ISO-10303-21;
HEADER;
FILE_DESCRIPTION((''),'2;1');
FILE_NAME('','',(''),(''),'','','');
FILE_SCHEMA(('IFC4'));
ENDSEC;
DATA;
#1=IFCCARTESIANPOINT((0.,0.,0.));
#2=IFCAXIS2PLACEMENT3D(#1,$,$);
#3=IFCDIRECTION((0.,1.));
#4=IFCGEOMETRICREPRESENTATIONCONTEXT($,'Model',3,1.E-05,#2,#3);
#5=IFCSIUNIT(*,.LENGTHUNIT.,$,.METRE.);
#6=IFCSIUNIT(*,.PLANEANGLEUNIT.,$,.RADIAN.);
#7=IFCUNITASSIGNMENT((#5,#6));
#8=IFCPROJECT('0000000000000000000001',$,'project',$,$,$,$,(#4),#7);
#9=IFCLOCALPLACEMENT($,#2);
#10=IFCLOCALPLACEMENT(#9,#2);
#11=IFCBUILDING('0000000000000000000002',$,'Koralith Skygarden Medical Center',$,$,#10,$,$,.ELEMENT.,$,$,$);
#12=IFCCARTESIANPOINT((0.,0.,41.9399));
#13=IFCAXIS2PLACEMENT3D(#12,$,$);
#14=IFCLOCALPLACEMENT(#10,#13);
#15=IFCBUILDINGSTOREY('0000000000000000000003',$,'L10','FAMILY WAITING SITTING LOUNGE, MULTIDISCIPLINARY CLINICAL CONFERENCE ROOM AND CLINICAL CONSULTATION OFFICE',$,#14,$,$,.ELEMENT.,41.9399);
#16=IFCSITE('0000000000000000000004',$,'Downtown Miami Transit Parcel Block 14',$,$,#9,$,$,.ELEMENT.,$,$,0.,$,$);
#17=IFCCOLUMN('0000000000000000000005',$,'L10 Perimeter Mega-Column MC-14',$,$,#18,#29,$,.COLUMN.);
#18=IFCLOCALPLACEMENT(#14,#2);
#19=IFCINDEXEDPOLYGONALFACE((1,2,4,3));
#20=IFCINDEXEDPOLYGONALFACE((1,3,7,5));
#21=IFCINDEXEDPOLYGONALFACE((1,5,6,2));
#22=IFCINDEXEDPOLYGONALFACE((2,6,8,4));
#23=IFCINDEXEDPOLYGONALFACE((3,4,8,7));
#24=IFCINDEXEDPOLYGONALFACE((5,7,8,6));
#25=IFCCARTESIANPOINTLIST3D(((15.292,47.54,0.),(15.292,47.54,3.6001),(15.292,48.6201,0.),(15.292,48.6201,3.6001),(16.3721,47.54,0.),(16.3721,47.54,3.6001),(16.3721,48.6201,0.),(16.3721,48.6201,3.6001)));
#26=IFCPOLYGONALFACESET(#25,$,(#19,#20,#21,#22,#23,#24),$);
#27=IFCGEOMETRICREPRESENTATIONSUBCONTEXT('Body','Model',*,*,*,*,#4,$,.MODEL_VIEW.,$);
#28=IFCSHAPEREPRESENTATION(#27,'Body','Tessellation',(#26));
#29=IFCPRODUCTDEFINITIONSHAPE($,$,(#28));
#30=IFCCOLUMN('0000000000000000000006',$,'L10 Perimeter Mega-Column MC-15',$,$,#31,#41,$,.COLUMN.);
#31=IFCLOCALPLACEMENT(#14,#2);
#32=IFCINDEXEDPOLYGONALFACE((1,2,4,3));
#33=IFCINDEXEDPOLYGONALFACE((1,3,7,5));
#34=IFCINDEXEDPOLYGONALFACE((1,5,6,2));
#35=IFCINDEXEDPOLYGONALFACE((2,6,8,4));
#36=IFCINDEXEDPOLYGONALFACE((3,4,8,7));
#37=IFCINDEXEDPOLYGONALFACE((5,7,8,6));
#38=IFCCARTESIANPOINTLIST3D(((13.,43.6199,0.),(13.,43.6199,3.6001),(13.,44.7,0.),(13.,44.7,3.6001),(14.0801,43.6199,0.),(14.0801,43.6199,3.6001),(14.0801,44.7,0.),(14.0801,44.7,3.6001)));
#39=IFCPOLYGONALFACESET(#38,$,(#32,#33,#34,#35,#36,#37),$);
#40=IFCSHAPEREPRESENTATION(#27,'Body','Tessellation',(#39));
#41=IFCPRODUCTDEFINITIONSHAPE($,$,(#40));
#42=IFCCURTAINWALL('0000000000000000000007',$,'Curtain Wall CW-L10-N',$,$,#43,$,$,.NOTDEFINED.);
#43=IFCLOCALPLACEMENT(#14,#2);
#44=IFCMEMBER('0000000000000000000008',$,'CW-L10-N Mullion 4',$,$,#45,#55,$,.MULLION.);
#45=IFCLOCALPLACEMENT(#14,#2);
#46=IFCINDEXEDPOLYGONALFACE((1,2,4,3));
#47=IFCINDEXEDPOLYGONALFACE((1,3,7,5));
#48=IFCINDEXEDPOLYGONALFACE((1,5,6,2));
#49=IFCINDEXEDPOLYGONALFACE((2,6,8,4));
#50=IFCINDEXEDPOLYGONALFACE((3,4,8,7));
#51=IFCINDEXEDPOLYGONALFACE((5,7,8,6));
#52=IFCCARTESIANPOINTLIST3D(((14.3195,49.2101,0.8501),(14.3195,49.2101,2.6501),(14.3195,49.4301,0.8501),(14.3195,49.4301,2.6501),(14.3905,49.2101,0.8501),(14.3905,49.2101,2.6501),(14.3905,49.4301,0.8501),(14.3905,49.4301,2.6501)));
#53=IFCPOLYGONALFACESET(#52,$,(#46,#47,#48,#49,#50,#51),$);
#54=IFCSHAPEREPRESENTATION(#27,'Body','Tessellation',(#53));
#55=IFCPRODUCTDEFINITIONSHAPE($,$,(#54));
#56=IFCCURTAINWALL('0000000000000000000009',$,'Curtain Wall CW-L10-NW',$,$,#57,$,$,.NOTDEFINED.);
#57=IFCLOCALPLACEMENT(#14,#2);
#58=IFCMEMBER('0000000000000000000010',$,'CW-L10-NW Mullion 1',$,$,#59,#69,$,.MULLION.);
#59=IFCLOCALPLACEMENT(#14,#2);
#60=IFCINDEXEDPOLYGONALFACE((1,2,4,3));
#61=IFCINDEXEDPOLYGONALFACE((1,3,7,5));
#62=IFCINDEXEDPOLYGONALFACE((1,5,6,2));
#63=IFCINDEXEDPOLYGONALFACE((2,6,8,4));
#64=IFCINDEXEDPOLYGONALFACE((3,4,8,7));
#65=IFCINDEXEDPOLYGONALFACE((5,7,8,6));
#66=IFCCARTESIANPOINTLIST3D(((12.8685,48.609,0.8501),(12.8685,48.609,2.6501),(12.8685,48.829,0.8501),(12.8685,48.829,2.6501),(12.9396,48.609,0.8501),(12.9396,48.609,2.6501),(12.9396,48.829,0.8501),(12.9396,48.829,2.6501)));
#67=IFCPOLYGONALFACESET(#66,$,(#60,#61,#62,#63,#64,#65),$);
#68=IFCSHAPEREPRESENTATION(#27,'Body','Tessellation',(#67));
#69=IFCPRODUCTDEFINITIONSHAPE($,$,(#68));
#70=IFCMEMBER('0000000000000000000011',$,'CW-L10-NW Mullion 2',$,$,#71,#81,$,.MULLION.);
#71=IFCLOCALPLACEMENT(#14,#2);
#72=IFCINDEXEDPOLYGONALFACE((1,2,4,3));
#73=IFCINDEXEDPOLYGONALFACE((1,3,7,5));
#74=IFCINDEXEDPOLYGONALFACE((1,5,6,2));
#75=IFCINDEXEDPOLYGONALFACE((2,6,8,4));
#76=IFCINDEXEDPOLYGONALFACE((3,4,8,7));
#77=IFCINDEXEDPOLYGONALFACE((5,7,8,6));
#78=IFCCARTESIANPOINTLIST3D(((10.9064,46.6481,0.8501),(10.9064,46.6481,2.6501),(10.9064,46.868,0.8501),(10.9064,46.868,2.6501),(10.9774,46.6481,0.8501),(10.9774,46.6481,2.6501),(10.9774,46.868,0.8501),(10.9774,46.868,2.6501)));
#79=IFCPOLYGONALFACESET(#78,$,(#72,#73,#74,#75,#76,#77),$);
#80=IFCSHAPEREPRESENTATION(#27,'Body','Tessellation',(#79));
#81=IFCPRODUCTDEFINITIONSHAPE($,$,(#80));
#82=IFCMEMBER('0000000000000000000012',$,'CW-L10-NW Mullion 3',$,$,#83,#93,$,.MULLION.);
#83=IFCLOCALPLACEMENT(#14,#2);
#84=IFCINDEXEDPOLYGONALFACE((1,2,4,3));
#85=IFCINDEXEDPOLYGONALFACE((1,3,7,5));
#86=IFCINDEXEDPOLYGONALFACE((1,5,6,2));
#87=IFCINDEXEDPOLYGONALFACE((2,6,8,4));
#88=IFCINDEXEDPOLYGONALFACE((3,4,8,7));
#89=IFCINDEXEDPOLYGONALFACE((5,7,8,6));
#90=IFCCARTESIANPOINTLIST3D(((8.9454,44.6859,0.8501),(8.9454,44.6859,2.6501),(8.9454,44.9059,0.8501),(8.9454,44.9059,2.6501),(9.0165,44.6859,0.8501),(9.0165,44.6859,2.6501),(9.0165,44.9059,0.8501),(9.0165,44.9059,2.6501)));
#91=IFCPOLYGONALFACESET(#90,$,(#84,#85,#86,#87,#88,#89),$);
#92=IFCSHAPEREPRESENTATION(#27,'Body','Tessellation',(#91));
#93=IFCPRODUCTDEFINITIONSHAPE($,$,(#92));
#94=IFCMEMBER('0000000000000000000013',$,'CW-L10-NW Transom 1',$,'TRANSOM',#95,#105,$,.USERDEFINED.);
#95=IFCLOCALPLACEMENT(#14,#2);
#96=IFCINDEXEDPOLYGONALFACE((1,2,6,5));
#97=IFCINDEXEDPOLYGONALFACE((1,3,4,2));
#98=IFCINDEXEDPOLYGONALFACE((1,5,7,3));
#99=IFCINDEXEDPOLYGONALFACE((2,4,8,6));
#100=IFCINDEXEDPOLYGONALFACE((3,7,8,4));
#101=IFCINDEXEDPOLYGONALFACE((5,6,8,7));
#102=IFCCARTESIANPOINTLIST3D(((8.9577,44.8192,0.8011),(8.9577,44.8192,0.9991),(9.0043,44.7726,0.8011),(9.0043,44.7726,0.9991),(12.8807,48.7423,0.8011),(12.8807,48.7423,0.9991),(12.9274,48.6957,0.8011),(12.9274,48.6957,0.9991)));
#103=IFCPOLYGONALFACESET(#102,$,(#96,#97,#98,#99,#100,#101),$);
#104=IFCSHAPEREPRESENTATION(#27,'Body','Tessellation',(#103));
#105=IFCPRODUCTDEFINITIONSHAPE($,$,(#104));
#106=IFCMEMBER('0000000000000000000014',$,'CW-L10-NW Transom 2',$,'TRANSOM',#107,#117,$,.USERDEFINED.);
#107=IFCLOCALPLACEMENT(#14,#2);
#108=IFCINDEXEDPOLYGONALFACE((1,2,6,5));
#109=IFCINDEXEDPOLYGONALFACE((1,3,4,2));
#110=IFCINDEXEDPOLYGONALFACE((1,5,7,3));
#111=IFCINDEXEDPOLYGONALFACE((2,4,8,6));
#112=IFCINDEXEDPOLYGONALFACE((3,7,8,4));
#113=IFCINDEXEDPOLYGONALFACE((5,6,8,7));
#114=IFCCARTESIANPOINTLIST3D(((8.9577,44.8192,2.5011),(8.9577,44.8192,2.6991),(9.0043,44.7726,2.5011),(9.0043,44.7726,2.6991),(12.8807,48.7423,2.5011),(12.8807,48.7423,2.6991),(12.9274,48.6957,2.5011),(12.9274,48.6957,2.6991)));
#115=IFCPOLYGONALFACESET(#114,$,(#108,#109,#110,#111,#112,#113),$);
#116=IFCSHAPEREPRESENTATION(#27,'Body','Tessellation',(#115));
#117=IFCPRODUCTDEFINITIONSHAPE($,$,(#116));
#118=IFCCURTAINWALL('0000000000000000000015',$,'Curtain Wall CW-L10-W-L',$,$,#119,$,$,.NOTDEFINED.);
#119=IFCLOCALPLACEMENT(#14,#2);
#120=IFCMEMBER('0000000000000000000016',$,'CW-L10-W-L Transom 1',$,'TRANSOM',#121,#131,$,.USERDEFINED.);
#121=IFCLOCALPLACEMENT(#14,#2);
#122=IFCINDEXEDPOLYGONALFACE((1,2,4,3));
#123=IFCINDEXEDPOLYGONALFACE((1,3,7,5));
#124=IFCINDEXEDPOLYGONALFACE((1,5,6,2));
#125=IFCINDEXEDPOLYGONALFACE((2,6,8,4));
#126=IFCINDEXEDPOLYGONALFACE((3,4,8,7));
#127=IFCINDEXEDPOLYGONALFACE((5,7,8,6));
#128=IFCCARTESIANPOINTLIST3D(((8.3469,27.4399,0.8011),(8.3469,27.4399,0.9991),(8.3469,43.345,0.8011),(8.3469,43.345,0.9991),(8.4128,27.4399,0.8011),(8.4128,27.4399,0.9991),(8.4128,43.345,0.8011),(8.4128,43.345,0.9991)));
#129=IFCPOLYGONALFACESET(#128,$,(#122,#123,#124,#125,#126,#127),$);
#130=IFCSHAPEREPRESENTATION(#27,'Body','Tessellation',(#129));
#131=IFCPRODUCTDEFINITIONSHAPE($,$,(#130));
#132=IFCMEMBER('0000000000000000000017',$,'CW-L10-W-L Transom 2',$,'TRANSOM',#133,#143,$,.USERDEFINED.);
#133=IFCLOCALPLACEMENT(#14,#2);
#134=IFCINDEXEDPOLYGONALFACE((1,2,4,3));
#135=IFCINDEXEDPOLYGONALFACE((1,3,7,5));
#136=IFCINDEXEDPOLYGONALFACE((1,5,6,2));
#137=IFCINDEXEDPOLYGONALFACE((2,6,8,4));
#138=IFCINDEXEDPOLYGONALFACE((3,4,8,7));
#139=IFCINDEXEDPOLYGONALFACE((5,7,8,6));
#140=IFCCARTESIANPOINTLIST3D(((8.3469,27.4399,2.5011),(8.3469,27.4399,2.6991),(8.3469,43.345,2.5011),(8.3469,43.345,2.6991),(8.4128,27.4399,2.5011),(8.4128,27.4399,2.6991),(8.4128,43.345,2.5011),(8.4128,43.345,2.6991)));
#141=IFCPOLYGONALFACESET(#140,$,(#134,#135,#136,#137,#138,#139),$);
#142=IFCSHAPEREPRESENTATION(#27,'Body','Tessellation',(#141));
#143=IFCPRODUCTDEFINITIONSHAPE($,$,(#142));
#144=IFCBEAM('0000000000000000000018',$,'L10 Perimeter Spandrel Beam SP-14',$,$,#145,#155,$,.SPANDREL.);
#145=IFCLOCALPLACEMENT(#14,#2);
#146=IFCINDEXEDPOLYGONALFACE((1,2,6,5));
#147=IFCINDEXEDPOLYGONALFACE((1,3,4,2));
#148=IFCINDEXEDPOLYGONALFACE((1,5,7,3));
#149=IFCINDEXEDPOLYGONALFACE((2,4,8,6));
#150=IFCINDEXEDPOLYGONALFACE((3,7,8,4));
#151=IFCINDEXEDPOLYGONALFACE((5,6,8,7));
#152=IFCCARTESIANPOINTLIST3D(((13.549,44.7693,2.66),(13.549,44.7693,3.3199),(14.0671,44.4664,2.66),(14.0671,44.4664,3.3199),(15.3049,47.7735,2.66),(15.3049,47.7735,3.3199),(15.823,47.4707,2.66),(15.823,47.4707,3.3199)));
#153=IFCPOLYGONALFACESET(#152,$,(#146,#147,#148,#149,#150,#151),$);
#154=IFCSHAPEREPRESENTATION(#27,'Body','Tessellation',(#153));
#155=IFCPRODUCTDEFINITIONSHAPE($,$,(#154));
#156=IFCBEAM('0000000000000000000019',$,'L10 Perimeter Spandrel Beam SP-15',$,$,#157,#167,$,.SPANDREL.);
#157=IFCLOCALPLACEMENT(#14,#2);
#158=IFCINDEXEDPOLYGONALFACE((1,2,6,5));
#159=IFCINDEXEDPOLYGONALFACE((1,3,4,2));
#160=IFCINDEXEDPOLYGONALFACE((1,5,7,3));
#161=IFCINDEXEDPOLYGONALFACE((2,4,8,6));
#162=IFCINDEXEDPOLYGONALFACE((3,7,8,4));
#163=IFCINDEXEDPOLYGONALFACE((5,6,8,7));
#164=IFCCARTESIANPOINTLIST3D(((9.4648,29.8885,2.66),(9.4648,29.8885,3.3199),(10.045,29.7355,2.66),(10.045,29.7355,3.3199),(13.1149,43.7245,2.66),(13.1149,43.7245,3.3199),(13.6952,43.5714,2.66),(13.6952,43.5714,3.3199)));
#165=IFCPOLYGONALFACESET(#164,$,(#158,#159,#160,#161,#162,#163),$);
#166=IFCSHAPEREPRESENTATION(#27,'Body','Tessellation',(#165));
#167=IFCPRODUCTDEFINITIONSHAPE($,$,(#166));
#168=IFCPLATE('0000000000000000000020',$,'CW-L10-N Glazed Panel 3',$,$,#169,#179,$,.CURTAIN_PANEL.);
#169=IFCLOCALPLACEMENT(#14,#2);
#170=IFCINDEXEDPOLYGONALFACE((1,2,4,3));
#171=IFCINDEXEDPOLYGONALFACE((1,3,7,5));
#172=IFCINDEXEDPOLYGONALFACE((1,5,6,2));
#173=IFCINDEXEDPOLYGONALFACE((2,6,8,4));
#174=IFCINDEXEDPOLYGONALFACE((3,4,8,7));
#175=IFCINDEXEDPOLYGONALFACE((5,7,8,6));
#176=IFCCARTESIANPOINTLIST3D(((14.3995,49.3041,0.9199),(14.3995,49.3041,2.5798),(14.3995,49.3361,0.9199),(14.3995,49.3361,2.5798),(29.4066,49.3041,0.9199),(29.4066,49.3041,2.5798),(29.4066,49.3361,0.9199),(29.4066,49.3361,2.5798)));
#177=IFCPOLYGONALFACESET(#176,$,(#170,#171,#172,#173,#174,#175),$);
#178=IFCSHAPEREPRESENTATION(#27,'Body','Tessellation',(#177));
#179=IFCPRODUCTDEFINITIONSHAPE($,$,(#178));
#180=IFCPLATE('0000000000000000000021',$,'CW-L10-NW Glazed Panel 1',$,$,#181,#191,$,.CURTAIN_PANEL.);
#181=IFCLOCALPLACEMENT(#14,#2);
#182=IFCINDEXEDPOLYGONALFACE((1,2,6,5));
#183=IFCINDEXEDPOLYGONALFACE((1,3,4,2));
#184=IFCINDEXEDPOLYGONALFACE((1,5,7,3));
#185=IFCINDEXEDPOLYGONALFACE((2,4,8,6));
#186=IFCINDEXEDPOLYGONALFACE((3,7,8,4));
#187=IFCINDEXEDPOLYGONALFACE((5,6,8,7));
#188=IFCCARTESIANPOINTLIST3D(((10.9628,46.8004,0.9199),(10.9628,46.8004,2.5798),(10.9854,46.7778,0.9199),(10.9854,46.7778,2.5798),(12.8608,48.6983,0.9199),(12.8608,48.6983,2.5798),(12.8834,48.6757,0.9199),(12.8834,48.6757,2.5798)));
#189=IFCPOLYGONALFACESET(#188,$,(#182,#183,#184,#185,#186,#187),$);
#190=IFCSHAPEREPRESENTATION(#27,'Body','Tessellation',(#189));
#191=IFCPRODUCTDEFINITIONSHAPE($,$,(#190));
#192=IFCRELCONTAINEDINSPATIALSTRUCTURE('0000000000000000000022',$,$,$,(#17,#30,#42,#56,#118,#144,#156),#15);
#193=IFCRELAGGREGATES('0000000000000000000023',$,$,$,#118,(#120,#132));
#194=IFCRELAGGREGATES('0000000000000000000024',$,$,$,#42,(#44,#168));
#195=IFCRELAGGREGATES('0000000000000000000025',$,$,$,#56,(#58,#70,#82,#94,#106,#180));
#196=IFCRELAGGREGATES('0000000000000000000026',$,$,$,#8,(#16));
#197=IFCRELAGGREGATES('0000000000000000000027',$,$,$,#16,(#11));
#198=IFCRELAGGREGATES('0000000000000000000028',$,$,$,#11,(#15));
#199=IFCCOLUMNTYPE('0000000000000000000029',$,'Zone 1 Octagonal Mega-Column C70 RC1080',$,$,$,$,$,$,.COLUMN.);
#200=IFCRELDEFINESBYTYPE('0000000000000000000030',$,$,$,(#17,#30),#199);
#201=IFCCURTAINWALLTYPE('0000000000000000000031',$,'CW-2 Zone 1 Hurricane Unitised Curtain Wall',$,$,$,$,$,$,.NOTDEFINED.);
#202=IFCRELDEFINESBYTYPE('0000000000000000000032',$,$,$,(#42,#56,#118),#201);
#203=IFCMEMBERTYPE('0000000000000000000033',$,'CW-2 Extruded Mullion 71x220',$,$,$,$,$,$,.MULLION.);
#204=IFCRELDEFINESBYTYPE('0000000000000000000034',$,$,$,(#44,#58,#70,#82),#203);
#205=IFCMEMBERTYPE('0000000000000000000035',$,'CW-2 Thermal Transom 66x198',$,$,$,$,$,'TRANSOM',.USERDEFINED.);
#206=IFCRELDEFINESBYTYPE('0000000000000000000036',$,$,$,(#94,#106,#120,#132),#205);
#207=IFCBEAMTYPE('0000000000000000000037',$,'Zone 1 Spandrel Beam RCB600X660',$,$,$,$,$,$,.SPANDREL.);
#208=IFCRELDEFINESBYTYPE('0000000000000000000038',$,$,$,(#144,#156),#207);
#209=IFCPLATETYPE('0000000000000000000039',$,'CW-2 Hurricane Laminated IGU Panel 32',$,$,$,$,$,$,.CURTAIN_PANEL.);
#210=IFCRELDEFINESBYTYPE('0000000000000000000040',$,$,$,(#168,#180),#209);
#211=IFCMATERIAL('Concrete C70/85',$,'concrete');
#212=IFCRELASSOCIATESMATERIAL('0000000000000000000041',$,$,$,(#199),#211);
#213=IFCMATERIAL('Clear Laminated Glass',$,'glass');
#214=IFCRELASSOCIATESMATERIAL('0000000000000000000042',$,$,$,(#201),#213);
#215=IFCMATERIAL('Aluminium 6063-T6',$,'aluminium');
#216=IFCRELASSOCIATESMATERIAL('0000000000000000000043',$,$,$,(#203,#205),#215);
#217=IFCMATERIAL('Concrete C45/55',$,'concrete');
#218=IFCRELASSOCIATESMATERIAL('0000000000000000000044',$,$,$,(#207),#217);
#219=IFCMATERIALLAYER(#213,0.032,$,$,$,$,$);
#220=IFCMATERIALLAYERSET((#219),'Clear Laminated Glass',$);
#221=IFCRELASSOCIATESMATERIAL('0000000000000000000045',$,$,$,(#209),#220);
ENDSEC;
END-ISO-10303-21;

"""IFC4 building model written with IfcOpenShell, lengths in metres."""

from ifc_helpers import new_model, si_unit, direction, frame, origin, origin_2d, place, context, subcontext, project, spatial, rectangle, extrude, material, layer, layer_set, material_profile, profile_set, type_object, element, aggregate, save


model = new_model("IFC4")

# Units and contexts
model_context = context("Model", 3, precision=1e-05, world=origin(), true_north=direction((0.0, 1.0)))
body_context = subcontext(model_context, "Body", "Model", "MODEL_VIEW")
ifc_project = project(units=[si_unit("LENGTHUNIT", "METRE"), si_unit("PLANEANGLEUNIT", "RADIAN")], contexts=[model_context])

# Site, building, storey
site_placement = place(None, origin())
site = spatial("IfcSite", under=ifc_project, at=site_placement, Name="Downtown Miami Transit Parcel Block 14", CompositionType="ELEMENT", RefElevation=0.0)
building_placement = place(site_placement, origin())
building = spatial("IfcBuilding", under=site, at=building_placement, Name="Koralith Skygarden Medical Center", CompositionType="ELEMENT")
storey_placement = place(building_placement, frame((0.0, 0.0, 41.9399)))
storey = spatial("IfcBuildingStorey", under=building, at=storey_placement, Name="L10", Description="FAMILY WAITING SITTING LOUNGE, MULTIDISCIPLINARY CLINICAL CONFERENCE ROOM AND CLINICAL CONSULTATION OFFICE", CompositionType="ELEMENT", Elevation=41.9399)

# Columns
ifc_material_1 = material(Name="Concrete C70/85", Category="concrete")
ifc_material_profile_1 = material_profile(ifc_material_1, rectangle(XDim=1.0801, YDim=1.0801, at=origin_2d()), Name="RC1080X1080")
ifc_profile_set_1 = profile_set([ifc_material_profile_1], Name="Concrete C70/85")
column_type = type_object("IfcColumnType", Name="Zone 1 Octagonal Mega-Column C70 RC1080", PredefinedType="COLUMN", material=ifc_profile_set_1)
for number, where, z_axis, x_axis, name in (
    (1, (15.832, 48.0801, 0.0), (0.0, 0.0, 1.0), (1.0, 0.0, 0.0), "L10 Perimeter Mega-Column MC-14"),
    (2, (13.54, 44.1599, 0.0), (0.0, 0.0, 1.0), (1.0, 0.0, 0.0), "L10 Perimeter Mega-Column MC-15"),
):
    element("IfcColumn", number, at=place(storey_placement, frame(where, z_axis=z_axis, x_axis=x_axis)), inside=storey, type_object=column_type, Name=name, PredefinedType="COLUMN", context=body_context, shape_type="SweptSolid", body=[
        extrude(rectangle(XDim=1.0801, YDim=1.0801, at=origin_2d()), origin(), (0.0, 0.0, 1.0), 3.6001),
    ])

# Curtain wall, member
ifc_material_2 = material(Name="Clear Laminated Glass", Category="glass")
curtain_wall_type = type_object("IfcCurtainWallType", Name="CW-2 Zone 1 Hurricane Unitised Curtain Wall", PredefinedType="NOTDEFINED", material=ifc_material_2)
curtain_wall_1_placement = place(storey_placement, origin())
curtain_wall_1 = element("IfcCurtainWall", 3, at=curtain_wall_1_placement, inside=storey, type_object=curtain_wall_type, Name="Curtain Wall CW-L10-N", PredefinedType="NOTDEFINED")
ifc_material_3 = material(Name="Aluminium 6063-T6", Category="aluminium")
ifc_material_profile_2 = material_profile(ifc_material_3, rectangle(XDim=0.071, YDim=0.22, at=origin_2d()), Name="MUL71X220")
ifc_profile_set_2 = profile_set([ifc_material_profile_2], Name="Aluminium 6063-T6")
member_type_1 = type_object("IfcMemberType", Name="CW-2 Extruded Mullion 71x220", PredefinedType="MULLION", material=ifc_profile_set_2)
member_1_placement = place(storey_placement, frame((14.355, 49.3201, 0.8501), z_axis=(0.0, 0.0, 1.0), x_axis=(1.0, 0.0, 0.0)))
member_1 = element("IfcMember", 4, at=member_1_placement, type_object=member_type_1, Name="CW-L10-N Mullion 4", PredefinedType="MULLION", context=body_context, shape_type="SweptSolid", body=[
    extrude(rectangle(XDim=0.071, YDim=0.22, at=origin_2d()), origin(), (0.0, 0.0, 1.0), 1.8),
])

# Curtain walls, members
curtain_wall_2_placement = place(storey_placement, origin())
curtain_wall_2 = element("IfcCurtainWall", 5, at=curtain_wall_2_placement, inside=storey, type_object=curtain_wall_type, Name="Curtain Wall CW-L10-NW", PredefinedType="NOTDEFINED")
member_2_placement = place(storey_placement, frame((12.9041, 48.719, 0.8501), z_axis=(0.0, 0.0, 1.0), x_axis=(1.0, 0.0, 0.0)))
member_2 = element("IfcMember", 6, at=member_2_placement, type_object=member_type_1, Name="CW-L10-NW Mullion 1", PredefinedType="MULLION", context=body_context, shape_type="SweptSolid", body=[
    extrude(rectangle(XDim=0.071, YDim=0.22, at=origin_2d()), origin(), (0.0, 0.0, 1.0), 1.8),
])
member_3_placement = place(storey_placement, frame((10.9419, 46.7581, 0.8501), z_axis=(0.0, 0.0, 1.0), x_axis=(1.0, 0.0, 0.0)))
member_3 = element("IfcMember", 7, at=member_3_placement, type_object=member_type_1, Name="CW-L10-NW Mullion 2", PredefinedType="MULLION", context=body_context, shape_type="SweptSolid", body=[
    extrude(rectangle(XDim=0.071, YDim=0.22, at=origin_2d()), origin(), (0.0, 0.0, 1.0), 1.8),
])
member_4_placement = place(storey_placement, frame((8.981, 44.7959, 0.8501), z_axis=(0.0, 0.0, 1.0), x_axis=(1.0, 0.0, 0.0)))
member_4 = element("IfcMember", 8, at=member_4_placement, type_object=member_type_1, Name="CW-L10-NW Mullion 3", PredefinedType="MULLION", context=body_context, shape_type="SweptSolid", body=[
    extrude(rectangle(XDim=0.071, YDim=0.22, at=origin_2d()), origin(), (0.0, 0.0, 1.0), 1.8),
])
ifc_material_profile_3 = material_profile(ifc_material_3, rectangle(XDim=0.0659, YDim=0.198, at=origin_2d()), Name="TRN66X198")
ifc_profile_set_3 = profile_set([ifc_material_profile_3], Name="Aluminium 6063-T6")
member_type_2 = type_object("IfcMemberType", Name="CW-2 Thermal Transom 66x198", ElementType="TRANSOM", PredefinedType="USERDEFINED", material=ifc_profile_set_3)
member_5_placement = place(storey_placement, frame((12.9041, 48.719, 0.9001), z_axis=(-0.707107, -0.707107, 0.0), x_axis=(0.707107, -0.707107, 0.0)))
member_5 = element("IfcMember", 9, at=member_5_placement, type_object=member_type_2, Name="CW-L10-NW Transom 1", ObjectType="TRANSOM", PredefinedType="USERDEFINED", context=body_context, shape_type="SweptSolid", body=[
    extrude(rectangle(XDim=0.0659, YDim=0.198, at=origin_2d()), origin(), (0.0, 0.0, 1.0), 5.5481),
])
member_6_placement = place(storey_placement, frame((12.9041, 48.719, 2.6001), z_axis=(-0.707107, -0.707107, 0.0), x_axis=(0.707107, -0.707107, 0.0)))
member_6 = element("IfcMember", 10, at=member_6_placement, type_object=member_type_2, Name="CW-L10-NW Transom 2", ObjectType="TRANSOM", PredefinedType="USERDEFINED", context=body_context, shape_type="SweptSolid", body=[
    extrude(rectangle(XDim=0.0659, YDim=0.198, at=origin_2d()), origin(), (0.0, 0.0, 1.0), 5.5481),
])
curtain_wall_3_placement = place(storey_placement, origin())
curtain_wall_3 = element("IfcCurtainWall", 11, at=curtain_wall_3_placement, inside=storey, type_object=curtain_wall_type, Name="Curtain Wall CW-L10-W-L", PredefinedType="NOTDEFINED")
member_7_placement = place(storey_placement, frame((8.3799, 43.345, 0.9001), z_axis=(0.0, -1.0, 0.0), x_axis=(1.0, 0.0, 0.0)))
member_7 = element("IfcMember", 12, at=member_7_placement, type_object=member_type_2, Name="CW-L10-W-L Transom 1", ObjectType="TRANSOM", PredefinedType="USERDEFINED", context=body_context, shape_type="SweptSolid", body=[
    extrude(rectangle(XDim=0.0659, YDim=0.198, at=origin_2d()), origin(), (0.0, 0.0, 1.0), 15.905),
])
member_8_placement = place(storey_placement, frame((8.3799, 43.345, 2.6001), z_axis=(0.0, -1.0, 0.0), x_axis=(1.0, 0.0, 0.0)))
member_8 = element("IfcMember", 13, at=member_8_placement, type_object=member_type_2, Name="CW-L10-W-L Transom 2", ObjectType="TRANSOM", PredefinedType="USERDEFINED", context=body_context, shape_type="SweptSolid", body=[
    extrude(rectangle(XDim=0.0659, YDim=0.198, at=origin_2d()), origin(), (0.0, 0.0, 1.0), 15.905),
])
aggregate(curtain_wall_3, [member_7, member_8])

# Beams
ifc_material_4 = material(Name="Concrete C45/55", Category="concrete")
ifc_material_profile_4 = material_profile(ifc_material_4, rectangle(XDim=0.6001, YDim=0.6599, at=origin_2d()), Name="RCB600X660")
ifc_profile_set_4 = profile_set([ifc_material_profile_4], Name="Concrete C45/55")
beam_type = type_object("IfcBeamType", Name="Zone 1 Spandrel Beam RCB600X660", PredefinedType="SPANDREL", material=ifc_profile_set_4)
beam_1_placement = place(storey_placement, frame((15.564, 47.6221, 2.99), z_axis=(-0.504608, -0.863349, 0.0), x_axis=(0.863349, -0.504608, 0.0)))
element("IfcBeam", 14, at=beam_1_placement, inside=storey, type_object=beam_type, Name="L10 Perimeter Spandrel Beam SP-14", PredefinedType="SPANDREL", context=body_context, shape_type="SweptSolid", body=[
    extrude(rectangle(XDim=0.6001, YDim=0.6599, at=origin_2d()), origin(), (0.0, 0.0, 1.0), 3.4797),
])
beam_2_placement = place(storey_placement, frame((13.405, 43.6479, 2.99), z_axis=(-0.255089, -0.966918, 0.0), x_axis=(0.966918, -0.255089, 0.0)))
element("IfcBeam", 15, at=beam_2_placement, inside=storey, type_object=beam_type, Name="L10 Perimeter Spandrel Beam SP-15", PredefinedType="SPANDREL", context=body_context, shape_type="SweptSolid", body=[
    extrude(rectangle(XDim=0.6001, YDim=0.6599, at=origin_2d()), origin(), (0.0, 0.0, 1.0), 14.3093),
])

# Plates
ifc_layer_1 = layer(ifc_material_2, 0.032)
ifc_layer_set_1 = layer_set([ifc_layer_1], Name="Clear Laminated Glass")
plate_type_1 = type_object("IfcPlateType", Name="CW-2 Hurricane Laminated IGU Panel 32", PredefinedType="CURTAIN_PANEL", material=ifc_layer_set_1)
plate_1_placement = place(storey_placement, frame((21.9031, 49.3201, 0.9199), z_axis=(0.0, 0.0, 1.0), x_axis=(-1.0, 0.0, 0.0)))
plate_1 = element("IfcPlate", 16, at=plate_1_placement, type_object=plate_type_1, Name="CW-L10-N Glazed Panel 3", PredefinedType="CURTAIN_PANEL", context=body_context, shape_type="SweptSolid", body=[
    extrude(rectangle(XDim=15.0071, YDim=0.032, at=origin_2d()), origin(), (0.0, 0.0, 1.0), 1.6599),
])
aggregate(curtain_wall_1, [member_1, plate_1])
plate_2_placement = place(storey_placement, frame((11.9231, 47.738, 0.9199), z_axis=(0.0, 0.0, 1.0), x_axis=(-0.707107, -0.707107, 0.0)))
plate_2 = element("IfcPlate", 17, at=plate_2_placement, type_object=plate_type_1, Name="CW-L10-NW Glazed Panel 1", PredefinedType="CURTAIN_PANEL", context=body_context, shape_type="SweptSolid", body=[
    extrude(rectangle(XDim=2.6841, YDim=0.032, at=origin_2d()), origin(), (0.0, 0.0, 1.0), 1.6599),
])
aggregate(curtain_wall_2, [member_2, member_3, member_4, member_5, member_6, plate_2])

save(model, "model.ifc")
